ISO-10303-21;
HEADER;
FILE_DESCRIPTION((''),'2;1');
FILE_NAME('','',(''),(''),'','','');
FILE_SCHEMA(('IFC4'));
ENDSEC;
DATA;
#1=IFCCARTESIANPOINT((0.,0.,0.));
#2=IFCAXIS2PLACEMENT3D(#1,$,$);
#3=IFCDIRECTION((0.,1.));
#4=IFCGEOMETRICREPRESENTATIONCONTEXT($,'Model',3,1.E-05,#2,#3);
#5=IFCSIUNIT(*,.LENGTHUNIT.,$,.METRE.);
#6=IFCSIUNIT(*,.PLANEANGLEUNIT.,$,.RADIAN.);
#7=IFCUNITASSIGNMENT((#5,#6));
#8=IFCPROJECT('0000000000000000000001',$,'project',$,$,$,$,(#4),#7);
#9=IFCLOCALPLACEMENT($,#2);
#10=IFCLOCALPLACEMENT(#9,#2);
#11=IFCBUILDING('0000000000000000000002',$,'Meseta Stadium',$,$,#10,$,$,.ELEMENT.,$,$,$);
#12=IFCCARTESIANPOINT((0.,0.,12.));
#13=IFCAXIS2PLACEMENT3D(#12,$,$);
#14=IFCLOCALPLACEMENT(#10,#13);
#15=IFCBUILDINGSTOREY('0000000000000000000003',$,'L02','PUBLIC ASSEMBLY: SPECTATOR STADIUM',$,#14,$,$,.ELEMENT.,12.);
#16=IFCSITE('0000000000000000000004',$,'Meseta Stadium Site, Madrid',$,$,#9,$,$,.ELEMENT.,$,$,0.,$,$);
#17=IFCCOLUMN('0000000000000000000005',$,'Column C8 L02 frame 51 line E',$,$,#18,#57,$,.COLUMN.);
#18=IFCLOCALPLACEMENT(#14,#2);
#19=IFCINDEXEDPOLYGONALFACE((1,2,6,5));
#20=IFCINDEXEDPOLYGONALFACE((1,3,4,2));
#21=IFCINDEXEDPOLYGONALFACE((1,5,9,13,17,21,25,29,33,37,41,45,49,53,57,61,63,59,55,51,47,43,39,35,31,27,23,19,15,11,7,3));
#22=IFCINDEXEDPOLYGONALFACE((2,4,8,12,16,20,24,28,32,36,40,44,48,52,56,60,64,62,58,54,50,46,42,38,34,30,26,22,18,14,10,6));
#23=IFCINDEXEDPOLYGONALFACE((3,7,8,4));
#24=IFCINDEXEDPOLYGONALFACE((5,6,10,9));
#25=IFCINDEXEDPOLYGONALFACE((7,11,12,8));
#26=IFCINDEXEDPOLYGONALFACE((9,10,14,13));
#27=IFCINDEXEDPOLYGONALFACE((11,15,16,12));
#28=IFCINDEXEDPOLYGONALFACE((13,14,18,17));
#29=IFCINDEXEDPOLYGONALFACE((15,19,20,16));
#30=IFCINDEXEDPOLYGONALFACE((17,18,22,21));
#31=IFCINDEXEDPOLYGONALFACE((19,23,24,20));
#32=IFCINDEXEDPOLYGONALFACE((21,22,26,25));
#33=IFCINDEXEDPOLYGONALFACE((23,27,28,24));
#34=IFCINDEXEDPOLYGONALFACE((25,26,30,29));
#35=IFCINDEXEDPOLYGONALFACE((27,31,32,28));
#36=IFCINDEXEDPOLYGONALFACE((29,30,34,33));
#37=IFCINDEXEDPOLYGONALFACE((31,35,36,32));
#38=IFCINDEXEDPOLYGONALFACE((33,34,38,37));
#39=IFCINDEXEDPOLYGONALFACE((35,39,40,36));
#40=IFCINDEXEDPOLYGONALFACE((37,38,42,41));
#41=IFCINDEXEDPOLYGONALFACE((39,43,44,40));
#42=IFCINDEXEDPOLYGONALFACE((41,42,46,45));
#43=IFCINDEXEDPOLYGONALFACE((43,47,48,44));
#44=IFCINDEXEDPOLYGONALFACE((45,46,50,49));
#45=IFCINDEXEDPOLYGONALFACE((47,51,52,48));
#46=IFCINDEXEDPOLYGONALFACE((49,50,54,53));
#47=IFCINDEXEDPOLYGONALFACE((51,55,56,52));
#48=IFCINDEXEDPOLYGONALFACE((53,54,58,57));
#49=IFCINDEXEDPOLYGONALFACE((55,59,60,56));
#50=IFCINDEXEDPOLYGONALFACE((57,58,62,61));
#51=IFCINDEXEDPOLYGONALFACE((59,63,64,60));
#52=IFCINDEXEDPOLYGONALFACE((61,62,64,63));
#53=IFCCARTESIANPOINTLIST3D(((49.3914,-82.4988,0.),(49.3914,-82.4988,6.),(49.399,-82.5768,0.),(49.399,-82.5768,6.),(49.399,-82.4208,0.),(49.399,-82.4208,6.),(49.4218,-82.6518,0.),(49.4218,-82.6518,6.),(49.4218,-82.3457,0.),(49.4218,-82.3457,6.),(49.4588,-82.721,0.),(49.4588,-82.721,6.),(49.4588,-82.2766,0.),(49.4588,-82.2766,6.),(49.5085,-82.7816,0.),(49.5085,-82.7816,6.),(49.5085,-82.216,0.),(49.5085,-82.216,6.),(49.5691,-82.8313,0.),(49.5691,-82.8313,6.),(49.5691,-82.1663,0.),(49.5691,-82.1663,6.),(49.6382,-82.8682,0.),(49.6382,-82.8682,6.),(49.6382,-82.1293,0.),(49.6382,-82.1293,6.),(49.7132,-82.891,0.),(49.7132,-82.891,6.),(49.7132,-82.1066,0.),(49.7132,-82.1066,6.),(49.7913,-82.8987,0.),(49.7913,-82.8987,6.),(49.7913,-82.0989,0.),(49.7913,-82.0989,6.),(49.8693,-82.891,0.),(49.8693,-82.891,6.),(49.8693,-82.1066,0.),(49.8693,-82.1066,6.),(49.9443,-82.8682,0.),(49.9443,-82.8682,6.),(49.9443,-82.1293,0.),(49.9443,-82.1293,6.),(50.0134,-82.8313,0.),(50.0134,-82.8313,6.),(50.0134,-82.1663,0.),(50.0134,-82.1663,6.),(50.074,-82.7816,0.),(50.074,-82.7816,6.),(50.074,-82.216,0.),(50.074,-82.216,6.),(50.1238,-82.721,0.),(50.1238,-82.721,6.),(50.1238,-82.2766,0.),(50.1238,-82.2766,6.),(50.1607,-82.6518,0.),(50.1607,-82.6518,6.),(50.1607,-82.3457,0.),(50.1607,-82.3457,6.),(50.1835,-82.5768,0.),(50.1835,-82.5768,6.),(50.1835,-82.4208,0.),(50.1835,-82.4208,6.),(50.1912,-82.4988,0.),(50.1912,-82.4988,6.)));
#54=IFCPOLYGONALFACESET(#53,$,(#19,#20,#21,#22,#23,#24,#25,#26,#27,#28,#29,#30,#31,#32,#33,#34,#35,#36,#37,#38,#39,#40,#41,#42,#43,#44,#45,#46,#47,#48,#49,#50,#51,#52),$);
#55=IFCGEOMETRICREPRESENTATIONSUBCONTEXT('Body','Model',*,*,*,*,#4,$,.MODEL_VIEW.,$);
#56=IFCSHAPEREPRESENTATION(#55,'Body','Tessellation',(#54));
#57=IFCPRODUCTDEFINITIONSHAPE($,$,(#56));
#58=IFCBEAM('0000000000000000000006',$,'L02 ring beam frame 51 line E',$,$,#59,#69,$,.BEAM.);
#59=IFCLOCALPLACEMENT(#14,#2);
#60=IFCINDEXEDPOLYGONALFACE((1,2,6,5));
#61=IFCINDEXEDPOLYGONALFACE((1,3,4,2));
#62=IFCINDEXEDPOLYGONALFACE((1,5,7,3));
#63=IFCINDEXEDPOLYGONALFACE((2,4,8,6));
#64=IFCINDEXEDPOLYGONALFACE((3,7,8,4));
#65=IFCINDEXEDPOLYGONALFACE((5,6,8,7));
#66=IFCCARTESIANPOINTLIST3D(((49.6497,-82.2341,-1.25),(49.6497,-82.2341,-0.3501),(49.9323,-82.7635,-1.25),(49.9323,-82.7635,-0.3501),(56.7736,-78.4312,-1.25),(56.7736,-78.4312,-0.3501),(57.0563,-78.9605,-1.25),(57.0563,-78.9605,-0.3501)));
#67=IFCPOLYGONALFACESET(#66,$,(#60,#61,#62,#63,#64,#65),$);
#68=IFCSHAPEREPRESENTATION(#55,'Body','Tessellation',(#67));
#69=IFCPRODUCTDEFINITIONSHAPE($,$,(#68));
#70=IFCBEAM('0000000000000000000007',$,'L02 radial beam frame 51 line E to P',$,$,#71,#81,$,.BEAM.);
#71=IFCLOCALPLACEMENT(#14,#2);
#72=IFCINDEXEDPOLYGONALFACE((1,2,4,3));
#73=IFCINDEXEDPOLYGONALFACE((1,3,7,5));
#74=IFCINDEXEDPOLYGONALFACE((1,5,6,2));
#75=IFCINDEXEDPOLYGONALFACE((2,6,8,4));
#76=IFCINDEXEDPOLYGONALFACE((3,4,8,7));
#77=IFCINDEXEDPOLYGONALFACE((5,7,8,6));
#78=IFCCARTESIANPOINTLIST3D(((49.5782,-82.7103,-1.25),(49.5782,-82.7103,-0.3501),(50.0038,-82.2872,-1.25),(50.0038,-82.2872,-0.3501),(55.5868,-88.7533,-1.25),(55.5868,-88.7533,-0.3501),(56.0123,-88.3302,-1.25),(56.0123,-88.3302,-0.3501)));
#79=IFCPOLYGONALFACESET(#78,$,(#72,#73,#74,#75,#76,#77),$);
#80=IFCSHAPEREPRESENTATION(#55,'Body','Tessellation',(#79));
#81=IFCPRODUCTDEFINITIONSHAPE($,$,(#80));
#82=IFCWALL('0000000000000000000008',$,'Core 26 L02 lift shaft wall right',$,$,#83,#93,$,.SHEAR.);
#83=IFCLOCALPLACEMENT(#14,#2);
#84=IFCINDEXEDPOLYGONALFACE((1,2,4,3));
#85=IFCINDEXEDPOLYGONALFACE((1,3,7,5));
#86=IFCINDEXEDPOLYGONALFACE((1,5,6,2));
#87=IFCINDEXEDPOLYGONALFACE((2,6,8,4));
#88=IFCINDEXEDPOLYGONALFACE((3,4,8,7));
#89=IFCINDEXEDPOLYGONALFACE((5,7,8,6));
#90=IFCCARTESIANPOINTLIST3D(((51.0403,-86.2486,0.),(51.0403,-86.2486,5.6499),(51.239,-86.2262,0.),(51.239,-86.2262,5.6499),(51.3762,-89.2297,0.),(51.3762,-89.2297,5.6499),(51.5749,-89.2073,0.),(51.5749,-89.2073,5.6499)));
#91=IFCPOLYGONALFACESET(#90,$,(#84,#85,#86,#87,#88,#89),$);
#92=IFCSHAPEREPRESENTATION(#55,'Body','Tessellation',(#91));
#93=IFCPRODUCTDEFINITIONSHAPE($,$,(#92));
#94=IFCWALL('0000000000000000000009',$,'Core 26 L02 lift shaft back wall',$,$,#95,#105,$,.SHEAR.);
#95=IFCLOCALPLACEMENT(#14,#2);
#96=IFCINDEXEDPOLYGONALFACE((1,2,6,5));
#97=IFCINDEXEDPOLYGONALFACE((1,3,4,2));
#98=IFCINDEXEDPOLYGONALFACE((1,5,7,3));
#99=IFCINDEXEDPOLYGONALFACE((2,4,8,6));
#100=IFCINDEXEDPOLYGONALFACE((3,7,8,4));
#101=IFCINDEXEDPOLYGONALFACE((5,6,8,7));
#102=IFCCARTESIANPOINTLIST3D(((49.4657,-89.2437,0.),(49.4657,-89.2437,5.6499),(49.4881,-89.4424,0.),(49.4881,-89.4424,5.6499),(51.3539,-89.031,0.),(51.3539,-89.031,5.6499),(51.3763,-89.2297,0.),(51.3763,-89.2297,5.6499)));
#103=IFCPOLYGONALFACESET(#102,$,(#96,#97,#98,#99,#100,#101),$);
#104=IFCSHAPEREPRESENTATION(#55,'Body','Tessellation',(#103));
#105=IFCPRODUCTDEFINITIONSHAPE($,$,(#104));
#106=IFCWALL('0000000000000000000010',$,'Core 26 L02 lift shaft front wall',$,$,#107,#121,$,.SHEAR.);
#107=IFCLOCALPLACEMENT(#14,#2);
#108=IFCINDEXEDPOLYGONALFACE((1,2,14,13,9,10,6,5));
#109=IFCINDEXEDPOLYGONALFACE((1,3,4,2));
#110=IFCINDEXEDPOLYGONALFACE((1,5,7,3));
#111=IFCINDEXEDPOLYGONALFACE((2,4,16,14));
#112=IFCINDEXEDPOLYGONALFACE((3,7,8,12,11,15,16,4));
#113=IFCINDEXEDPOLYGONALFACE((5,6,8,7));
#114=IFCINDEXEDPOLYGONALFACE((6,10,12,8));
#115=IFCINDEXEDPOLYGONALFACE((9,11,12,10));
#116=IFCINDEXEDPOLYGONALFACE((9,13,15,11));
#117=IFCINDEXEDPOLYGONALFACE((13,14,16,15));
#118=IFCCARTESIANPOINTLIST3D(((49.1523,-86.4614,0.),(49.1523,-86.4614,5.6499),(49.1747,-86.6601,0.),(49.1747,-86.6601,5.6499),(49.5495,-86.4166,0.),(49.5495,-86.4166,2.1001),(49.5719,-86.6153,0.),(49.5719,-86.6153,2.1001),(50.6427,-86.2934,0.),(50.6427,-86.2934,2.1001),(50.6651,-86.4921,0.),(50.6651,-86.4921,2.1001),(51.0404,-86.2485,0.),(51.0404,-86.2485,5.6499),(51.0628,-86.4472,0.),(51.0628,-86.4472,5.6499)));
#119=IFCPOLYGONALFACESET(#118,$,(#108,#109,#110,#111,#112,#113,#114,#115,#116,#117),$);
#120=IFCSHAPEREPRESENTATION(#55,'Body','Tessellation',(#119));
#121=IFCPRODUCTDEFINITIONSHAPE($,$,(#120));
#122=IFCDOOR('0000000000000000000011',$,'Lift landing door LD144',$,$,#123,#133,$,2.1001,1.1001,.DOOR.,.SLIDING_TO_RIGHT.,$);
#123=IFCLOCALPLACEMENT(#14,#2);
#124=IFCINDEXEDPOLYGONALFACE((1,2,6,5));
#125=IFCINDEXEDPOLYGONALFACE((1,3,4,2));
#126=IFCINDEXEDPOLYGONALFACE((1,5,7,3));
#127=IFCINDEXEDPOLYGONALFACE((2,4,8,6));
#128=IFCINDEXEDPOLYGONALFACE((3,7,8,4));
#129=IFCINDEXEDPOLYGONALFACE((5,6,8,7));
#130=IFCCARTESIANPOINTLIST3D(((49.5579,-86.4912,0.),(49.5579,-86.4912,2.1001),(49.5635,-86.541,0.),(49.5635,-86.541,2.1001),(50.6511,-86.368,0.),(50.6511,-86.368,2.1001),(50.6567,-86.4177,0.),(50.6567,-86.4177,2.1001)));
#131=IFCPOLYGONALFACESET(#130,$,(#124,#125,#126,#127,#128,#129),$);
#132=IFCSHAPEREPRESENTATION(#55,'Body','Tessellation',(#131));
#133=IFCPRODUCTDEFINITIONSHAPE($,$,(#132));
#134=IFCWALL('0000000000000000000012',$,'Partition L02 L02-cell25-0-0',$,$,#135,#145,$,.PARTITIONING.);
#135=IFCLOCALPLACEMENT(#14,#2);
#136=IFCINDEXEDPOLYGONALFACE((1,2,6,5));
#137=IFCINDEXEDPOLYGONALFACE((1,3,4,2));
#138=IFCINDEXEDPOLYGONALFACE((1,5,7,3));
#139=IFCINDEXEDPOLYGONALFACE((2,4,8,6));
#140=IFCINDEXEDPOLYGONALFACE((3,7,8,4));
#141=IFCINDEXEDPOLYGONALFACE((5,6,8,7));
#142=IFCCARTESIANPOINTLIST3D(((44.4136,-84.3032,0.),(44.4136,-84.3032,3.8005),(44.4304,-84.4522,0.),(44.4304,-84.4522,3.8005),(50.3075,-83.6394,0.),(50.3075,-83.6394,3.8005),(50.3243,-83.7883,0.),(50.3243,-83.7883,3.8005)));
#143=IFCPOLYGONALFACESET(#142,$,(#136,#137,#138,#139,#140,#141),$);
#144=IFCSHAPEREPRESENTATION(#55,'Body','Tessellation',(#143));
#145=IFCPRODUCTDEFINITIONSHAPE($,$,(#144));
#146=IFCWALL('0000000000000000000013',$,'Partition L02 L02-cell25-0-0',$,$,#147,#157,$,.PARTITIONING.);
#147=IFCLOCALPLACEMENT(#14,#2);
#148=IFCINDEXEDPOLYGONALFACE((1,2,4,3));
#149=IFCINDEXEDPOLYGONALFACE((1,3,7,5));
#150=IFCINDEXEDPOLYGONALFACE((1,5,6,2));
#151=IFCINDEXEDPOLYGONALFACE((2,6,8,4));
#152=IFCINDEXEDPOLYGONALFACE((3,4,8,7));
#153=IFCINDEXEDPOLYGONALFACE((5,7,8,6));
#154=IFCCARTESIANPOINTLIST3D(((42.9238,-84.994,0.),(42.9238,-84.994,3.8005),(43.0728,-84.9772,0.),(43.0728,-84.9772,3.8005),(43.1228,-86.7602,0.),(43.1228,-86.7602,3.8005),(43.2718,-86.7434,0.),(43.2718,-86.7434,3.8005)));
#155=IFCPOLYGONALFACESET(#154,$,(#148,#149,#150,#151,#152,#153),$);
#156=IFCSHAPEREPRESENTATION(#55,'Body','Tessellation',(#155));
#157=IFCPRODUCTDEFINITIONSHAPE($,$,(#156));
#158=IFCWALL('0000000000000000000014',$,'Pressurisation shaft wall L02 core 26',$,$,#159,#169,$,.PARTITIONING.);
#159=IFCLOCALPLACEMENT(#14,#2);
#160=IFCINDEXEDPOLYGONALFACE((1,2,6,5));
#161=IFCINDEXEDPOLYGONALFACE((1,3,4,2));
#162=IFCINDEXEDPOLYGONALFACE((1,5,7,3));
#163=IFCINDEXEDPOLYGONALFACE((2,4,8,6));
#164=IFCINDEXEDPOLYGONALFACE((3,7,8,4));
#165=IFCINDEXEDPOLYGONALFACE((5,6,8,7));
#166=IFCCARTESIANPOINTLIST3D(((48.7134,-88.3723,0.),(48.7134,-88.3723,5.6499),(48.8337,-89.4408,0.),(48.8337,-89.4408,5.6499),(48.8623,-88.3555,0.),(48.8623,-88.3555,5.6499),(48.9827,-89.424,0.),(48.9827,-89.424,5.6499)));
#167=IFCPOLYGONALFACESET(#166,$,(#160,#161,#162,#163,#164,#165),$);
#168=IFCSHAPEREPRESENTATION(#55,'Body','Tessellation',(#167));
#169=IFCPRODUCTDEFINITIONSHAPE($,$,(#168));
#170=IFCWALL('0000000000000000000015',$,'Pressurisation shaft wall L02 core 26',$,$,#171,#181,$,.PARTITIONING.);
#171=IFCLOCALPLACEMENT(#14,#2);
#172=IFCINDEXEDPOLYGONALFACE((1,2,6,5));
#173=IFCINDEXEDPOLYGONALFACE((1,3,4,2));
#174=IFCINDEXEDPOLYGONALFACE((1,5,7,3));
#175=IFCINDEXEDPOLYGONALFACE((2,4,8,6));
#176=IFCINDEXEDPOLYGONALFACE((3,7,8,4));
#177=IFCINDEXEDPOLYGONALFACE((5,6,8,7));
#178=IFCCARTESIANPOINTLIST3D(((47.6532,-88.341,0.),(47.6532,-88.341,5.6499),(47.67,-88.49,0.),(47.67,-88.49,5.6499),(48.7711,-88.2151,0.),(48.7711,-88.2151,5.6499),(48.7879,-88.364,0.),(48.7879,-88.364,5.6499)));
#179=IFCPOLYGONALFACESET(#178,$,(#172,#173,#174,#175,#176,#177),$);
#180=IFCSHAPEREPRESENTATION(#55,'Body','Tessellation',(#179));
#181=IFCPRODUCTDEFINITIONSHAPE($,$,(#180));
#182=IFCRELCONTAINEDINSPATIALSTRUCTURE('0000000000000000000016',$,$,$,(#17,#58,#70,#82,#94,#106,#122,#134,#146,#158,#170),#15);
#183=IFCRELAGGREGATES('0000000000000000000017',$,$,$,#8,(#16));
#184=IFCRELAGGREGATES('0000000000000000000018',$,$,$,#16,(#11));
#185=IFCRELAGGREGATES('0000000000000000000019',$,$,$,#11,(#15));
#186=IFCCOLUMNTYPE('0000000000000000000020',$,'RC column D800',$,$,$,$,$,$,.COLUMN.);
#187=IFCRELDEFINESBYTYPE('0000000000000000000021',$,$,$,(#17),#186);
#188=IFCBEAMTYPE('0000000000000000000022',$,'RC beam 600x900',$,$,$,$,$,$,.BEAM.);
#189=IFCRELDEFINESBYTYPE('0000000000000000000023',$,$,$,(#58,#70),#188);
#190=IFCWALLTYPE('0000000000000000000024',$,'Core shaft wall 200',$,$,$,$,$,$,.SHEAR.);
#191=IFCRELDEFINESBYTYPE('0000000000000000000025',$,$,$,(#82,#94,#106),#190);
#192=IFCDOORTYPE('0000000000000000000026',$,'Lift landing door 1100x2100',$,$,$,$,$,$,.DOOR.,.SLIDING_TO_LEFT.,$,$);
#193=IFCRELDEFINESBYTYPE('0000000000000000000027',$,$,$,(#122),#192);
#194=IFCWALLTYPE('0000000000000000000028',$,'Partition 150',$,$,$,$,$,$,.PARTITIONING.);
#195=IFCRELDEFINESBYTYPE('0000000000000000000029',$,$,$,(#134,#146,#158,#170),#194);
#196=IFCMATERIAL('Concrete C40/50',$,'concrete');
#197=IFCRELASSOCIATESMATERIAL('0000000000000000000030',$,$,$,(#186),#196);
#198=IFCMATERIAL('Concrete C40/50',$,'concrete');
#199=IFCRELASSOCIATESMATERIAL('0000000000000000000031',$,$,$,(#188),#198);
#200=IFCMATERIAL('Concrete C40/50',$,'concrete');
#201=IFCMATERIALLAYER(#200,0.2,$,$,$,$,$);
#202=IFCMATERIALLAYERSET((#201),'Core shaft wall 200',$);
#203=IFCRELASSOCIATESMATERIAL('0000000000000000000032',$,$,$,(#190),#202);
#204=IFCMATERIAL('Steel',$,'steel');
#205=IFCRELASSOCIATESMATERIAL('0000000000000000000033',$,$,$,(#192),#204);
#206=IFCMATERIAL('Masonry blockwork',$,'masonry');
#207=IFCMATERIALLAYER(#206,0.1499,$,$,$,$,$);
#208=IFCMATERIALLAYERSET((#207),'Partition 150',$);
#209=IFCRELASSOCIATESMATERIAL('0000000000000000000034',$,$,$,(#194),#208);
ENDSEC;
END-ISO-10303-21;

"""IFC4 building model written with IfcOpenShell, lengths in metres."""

from ifc_helpers import new_model, si_unit, direction, frame, frame_2d, origin, origin_2d, place, context, subcontext, project, spatial, rectangle, circle, extrude, material, layer, layer_set, material_profile, profile_set, type_object, element, fill, save


model = new_model("IFC4")

# Units and contexts
model_context = context("Model", 3, precision=1e-05, world=origin(), true_north=direction((0.0, 1.0)))
body_context = subcontext(model_context, "Body", "Model", "MODEL_VIEW")
ifc_project = project(units=[si_unit("LENGTHUNIT", "METRE"), si_unit("PLANEANGLEUNIT", "RADIAN")], contexts=[model_context])

# Site, building, storey
site_placement = place(None, origin())
site = spatial("IfcSite", under=ifc_project, at=site_placement, Name="Meseta Stadium Site, Madrid", CompositionType="ELEMENT", RefElevation=0.0)
building_placement = place(site_placement, origin())
building = spatial("IfcBuilding", under=site, at=building_placement, Name="Meseta Stadium", CompositionType="ELEMENT")
storey_placement = place(building_placement, frame((0.0, 0.0, 12.0)))
storey = spatial("IfcBuildingStorey", under=building, at=storey_placement, Name="L02", Description="PUBLIC ASSEMBLY: SPECTATOR STADIUM", CompositionType="ELEMENT", Elevation=12.0)

# Column
ifc_material_1 = material(Name="Concrete C40/50", Category="concrete")
ifc_material_profile_1 = material_profile(ifc_material_1, circle(Radius=0.3999, at=origin_2d()), Name="RC D800")
ifc_profile_set_1 = profile_set([ifc_material_profile_1], Name="Concrete C40/50")
column_type = type_object("IfcColumnType", Name="RC column D800", PredefinedType="COLUMN", material=ifc_profile_set_1)
column_placement = place(storey_placement, frame((49.7913, -82.4988, 0.0), z_axis=(0.0, 0.0, 1.0), x_axis=(1.0, 0.0, 0.0)))
element("IfcColumn", 1, at=column_placement, inside=storey, type_object=column_type, Name="Column C8 L02 frame 51 line E", PredefinedType="COLUMN", context=body_context, shape_type="SweptSolid", body=[
    extrude(circle(Radius=0.3999, at=origin_2d()), origin(), (0.0, 0.0, 1.0), 6.0),
])

# Beams
ifc_material_2 = material(Name="Concrete C40/50", Category="concrete")
ifc_material_profile_2 = material_profile(ifc_material_2, rectangle(XDim=0.6001, YDim=0.8999, at=origin_2d()), Name="RC 600x900")
ifc_profile_set_2 = profile_set([ifc_material_profile_2], Name="Concrete C40/50")
beam_type = type_object("IfcBeamType", Name="RC beam 600x900", PredefinedType="BEAM", material=ifc_profile_set_2)
beam_1_placement = place(storey_placement, frame((49.791, -82.4988, -0.8), z_axis=(0.882173, 0.470926, 0.0), x_axis=(-0.470926, 0.882173, 0.0)))
element("IfcBeam", 2, at=beam_1_placement, inside=storey, type_object=beam_type, Name="L02 ring beam frame 51 line E", PredefinedType="BEAM", context=body_context, shape_type="SweptSolid", body=[
    extrude(rectangle(XDim=0.6001, YDim=0.8999, at=origin_2d()), origin(), (0.0, 0.0, 1.0), 8.0754),
])
beam_2_placement = place(storey_placement, frame((49.791, -82.4988, -0.8), z_axis=(0.705084, -0.709124, 0.0), x_axis=(0.709124, 0.705084, 0.0)))
element("IfcBeam", 3, at=beam_2_placement, inside=storey, type_object=beam_type, Name="L02 radial beam frame 51 line E to P", PredefinedType="BEAM", context=body_context, shape_type="SweptSolid", body=[
    extrude(rectangle(XDim=0.6001, YDim=0.8999, at=origin_2d()), origin(), (0.0, 0.0, 1.0), 8.5217),
])

# Walls
ifc_material_3 = material(Name="Concrete C40/50", Category="concrete")
ifc_layer_1 = layer(ifc_material_3, 0.2)
ifc_layer_set_1 = layer_set([ifc_layer_1], Name="Core shaft wall 200")
wall_type_1 = type_object("IfcWallType", Name="Core shaft wall 200", PredefinedType="SHEAR", material=ifc_layer_set_1)
wall_1_placement = place(storey_placement, frame((51.4756, -89.2185, 0.0), z_axis=(0.0, 0.0, 1.0), x_axis=(-0.111977, 0.993711, 0.0)))
element("IfcWall", 4, at=wall_1_placement, inside=storey, type_object=wall_type_1, Name="Core 26 L02 lift shaft wall right", PredefinedType="SHEAR", context=body_context, shape_type="SweptSolid", body=[
    extrude(rectangle(XDim=3.0, YDim=0.2, at=frame_2d((1.5, 0.0))), origin(), (0.0, 0.0, 1.0), 5.6499),
])
wall_2_placement = place(storey_placement, frame((49.4768, -89.343, 0.0), z_axis=(0.0, 0.0, 1.0), x_axis=(0.993718, 0.111912, 0.0)))
element("IfcWall", 5, at=wall_2_placement, inside=storey, type_object=wall_type_1, Name="Core 26 L02 lift shaft back wall", PredefinedType="SHEAR", context=body_context, shape_type="SweptSolid", body=[
    extrude(rectangle(XDim=1.9001, YDim=0.2, at=frame_2d((0.9502, 0.0))), origin(), (0.0, 0.0, 1.0), 5.6499),
])

# Wall, opening, door
wall_3_placement = place(storey_placement, frame((49.1633, -86.5608, 0.0), z_axis=(0.0, 0.0, 1.0), x_axis=(0.993704, 0.112039, 0.0)))
wall_3 = element("IfcWall", 6, at=wall_3_placement, inside=storey, type_object=wall_type_1, Name="Core 26 L02 lift shaft front wall", PredefinedType="SHEAR", context=body_context, shape_type="SweptSolid", body=[
    extrude(rectangle(XDim=1.9001, YDim=0.2, at=frame_2d((0.9502, 0.0))), origin(), (0.0, 0.0, 1.0), 5.6499),
])
opening_1_placement = place(wall_3_placement, frame((0.3999, 0.0, 0.0)))
opening_1 = element("IfcOpeningElement", 7, at=opening_1_placement, cuts=wall_3, PredefinedType="OPENING", context=body_context, shape_type="SweptSolid", body=[
    extrude(rectangle(XDim=1.1001, YDim=2.1001, at=frame_2d((0.55, 1.05))), frame((0.0, 0.1099, 0.0), z_axis=(0.0, -1.0, 0.0), x_axis=(1.0, 0.0, 0.0)), (0.0, 0.0, 1.0), 0.22),
])
ifc_material_4 = material(Name="Steel", Category="steel")
door_type_1 = type_object("IfcDoorType", Name="Lift landing door 1100x2100", OperationType="SLIDING_TO_LEFT", PredefinedType="DOOR", material=ifc_material_4)
door_1_placement = place(opening_1_placement, origin())
door_1 = element("IfcDoor", 8, at=door_1_placement, inside=storey, type_object=door_type_1, Name="Lift landing door LD144", OperationType="SLIDING_TO_RIGHT", OverallHeight=2.1001, OverallWidth=1.1001, PredefinedType="DOOR", context=body_context, shape_type="SweptSolid", body=[
    extrude(rectangle(XDim=1.1001, YDim=2.1001, at=frame_2d((0.55, 1.05))), frame((0.0, 0.0249, 0.0), z_axis=(0.0, -1.0, 0.0), x_axis=(1.0, 0.0, 0.0)), (0.0, 0.0, 1.0), 0.05),
])
fill(opening_1, door_1)

# Walls
ifc_material_5 = material(Name="Masonry blockwork", Category="masonry")
ifc_layer_2 = layer(ifc_material_5, 0.1499)
ifc_layer_set_2 = layer_set([ifc_layer_2], Name="Partition 150")
wall_type_2 = type_object("IfcWallType", Name="Partition 150", PredefinedType="PARTITIONING", material=ifc_layer_set_2)
wall_4_placement = place(storey_placement, frame((50.3159, -83.7139, 0.0), z_axis=(0.0, 0.0, 1.0), x_axis=(-0.993717, -0.111922, 0.0)))
element("IfcWall", 9, at=wall_4_placement, inside=storey, type_object=wall_type_2, Name="Partition L02 L02-cell25-0-0", PredefinedType="PARTITIONING", context=body_context, shape_type="SweptSolid", body=[
    extrude(rectangle(XDim=5.9312, YDim=0.1499, at=frame_2d((2.9656, 0.0))), origin(), (0.0, 0.0, 1.0), 3.8005),
])
wall_5_placement = place(storey_placement, frame((42.9983, -84.9856, 0.0), z_axis=(0.0, 0.0, 1.0), x_axis=(0.111954, -0.993713, 0.0)))
element("IfcWall", 10, at=wall_5_placement, inside=storey, type_object=wall_type_2, Name="Partition L02 L02-cell25-0-0", PredefinedType="PARTITIONING", context=body_context, shape_type="SweptSolid", body=[
    extrude(rectangle(XDim=1.7773, YDim=0.1499, at=frame_2d((0.8887, 0.0))), origin(), (0.0, 0.0, 1.0), 3.8005),
])
wall_6_placement = place(storey_placement, frame((48.9082, -89.4324, 0.0), z_axis=(0.0, 0.0, 1.0), x_axis=(-0.111952, 0.993714, 0.0)))
element("IfcWall", 11, at=wall_6_placement, inside=storey, type_object=wall_type_2, Name="Pressurisation shaft wall L02 core 26", PredefinedType="PARTITIONING", context=body_context, shape_type="SweptSolid", body=[
    extrude(rectangle(XDim=1.0752, YDim=0.1499, at=frame_2d((0.5376, 0.0))), origin(), (0.0, 0.0, 1.0), 5.6499),
])
wall_7_placement = place(storey_placement, frame((48.7795, -88.2896, 0.0), z_axis=(0.0, 0.0, 1.0), x_axis=(-0.993711, -0.11198, 0.0)))
element("IfcWall", 12, at=wall_7_placement, inside=storey, type_object=wall_type_2, Name="Pressurisation shaft wall L02 core 26", PredefinedType="PARTITIONING", context=body_context, shape_type="SweptSolid", body=[
    extrude(rectangle(XDim=1.125, YDim=0.1499, at=frame_2d((0.5625, 0.0))), origin(), (0.0, 0.0, 1.0), 5.6499),
])

save(model, "model.ifc")
